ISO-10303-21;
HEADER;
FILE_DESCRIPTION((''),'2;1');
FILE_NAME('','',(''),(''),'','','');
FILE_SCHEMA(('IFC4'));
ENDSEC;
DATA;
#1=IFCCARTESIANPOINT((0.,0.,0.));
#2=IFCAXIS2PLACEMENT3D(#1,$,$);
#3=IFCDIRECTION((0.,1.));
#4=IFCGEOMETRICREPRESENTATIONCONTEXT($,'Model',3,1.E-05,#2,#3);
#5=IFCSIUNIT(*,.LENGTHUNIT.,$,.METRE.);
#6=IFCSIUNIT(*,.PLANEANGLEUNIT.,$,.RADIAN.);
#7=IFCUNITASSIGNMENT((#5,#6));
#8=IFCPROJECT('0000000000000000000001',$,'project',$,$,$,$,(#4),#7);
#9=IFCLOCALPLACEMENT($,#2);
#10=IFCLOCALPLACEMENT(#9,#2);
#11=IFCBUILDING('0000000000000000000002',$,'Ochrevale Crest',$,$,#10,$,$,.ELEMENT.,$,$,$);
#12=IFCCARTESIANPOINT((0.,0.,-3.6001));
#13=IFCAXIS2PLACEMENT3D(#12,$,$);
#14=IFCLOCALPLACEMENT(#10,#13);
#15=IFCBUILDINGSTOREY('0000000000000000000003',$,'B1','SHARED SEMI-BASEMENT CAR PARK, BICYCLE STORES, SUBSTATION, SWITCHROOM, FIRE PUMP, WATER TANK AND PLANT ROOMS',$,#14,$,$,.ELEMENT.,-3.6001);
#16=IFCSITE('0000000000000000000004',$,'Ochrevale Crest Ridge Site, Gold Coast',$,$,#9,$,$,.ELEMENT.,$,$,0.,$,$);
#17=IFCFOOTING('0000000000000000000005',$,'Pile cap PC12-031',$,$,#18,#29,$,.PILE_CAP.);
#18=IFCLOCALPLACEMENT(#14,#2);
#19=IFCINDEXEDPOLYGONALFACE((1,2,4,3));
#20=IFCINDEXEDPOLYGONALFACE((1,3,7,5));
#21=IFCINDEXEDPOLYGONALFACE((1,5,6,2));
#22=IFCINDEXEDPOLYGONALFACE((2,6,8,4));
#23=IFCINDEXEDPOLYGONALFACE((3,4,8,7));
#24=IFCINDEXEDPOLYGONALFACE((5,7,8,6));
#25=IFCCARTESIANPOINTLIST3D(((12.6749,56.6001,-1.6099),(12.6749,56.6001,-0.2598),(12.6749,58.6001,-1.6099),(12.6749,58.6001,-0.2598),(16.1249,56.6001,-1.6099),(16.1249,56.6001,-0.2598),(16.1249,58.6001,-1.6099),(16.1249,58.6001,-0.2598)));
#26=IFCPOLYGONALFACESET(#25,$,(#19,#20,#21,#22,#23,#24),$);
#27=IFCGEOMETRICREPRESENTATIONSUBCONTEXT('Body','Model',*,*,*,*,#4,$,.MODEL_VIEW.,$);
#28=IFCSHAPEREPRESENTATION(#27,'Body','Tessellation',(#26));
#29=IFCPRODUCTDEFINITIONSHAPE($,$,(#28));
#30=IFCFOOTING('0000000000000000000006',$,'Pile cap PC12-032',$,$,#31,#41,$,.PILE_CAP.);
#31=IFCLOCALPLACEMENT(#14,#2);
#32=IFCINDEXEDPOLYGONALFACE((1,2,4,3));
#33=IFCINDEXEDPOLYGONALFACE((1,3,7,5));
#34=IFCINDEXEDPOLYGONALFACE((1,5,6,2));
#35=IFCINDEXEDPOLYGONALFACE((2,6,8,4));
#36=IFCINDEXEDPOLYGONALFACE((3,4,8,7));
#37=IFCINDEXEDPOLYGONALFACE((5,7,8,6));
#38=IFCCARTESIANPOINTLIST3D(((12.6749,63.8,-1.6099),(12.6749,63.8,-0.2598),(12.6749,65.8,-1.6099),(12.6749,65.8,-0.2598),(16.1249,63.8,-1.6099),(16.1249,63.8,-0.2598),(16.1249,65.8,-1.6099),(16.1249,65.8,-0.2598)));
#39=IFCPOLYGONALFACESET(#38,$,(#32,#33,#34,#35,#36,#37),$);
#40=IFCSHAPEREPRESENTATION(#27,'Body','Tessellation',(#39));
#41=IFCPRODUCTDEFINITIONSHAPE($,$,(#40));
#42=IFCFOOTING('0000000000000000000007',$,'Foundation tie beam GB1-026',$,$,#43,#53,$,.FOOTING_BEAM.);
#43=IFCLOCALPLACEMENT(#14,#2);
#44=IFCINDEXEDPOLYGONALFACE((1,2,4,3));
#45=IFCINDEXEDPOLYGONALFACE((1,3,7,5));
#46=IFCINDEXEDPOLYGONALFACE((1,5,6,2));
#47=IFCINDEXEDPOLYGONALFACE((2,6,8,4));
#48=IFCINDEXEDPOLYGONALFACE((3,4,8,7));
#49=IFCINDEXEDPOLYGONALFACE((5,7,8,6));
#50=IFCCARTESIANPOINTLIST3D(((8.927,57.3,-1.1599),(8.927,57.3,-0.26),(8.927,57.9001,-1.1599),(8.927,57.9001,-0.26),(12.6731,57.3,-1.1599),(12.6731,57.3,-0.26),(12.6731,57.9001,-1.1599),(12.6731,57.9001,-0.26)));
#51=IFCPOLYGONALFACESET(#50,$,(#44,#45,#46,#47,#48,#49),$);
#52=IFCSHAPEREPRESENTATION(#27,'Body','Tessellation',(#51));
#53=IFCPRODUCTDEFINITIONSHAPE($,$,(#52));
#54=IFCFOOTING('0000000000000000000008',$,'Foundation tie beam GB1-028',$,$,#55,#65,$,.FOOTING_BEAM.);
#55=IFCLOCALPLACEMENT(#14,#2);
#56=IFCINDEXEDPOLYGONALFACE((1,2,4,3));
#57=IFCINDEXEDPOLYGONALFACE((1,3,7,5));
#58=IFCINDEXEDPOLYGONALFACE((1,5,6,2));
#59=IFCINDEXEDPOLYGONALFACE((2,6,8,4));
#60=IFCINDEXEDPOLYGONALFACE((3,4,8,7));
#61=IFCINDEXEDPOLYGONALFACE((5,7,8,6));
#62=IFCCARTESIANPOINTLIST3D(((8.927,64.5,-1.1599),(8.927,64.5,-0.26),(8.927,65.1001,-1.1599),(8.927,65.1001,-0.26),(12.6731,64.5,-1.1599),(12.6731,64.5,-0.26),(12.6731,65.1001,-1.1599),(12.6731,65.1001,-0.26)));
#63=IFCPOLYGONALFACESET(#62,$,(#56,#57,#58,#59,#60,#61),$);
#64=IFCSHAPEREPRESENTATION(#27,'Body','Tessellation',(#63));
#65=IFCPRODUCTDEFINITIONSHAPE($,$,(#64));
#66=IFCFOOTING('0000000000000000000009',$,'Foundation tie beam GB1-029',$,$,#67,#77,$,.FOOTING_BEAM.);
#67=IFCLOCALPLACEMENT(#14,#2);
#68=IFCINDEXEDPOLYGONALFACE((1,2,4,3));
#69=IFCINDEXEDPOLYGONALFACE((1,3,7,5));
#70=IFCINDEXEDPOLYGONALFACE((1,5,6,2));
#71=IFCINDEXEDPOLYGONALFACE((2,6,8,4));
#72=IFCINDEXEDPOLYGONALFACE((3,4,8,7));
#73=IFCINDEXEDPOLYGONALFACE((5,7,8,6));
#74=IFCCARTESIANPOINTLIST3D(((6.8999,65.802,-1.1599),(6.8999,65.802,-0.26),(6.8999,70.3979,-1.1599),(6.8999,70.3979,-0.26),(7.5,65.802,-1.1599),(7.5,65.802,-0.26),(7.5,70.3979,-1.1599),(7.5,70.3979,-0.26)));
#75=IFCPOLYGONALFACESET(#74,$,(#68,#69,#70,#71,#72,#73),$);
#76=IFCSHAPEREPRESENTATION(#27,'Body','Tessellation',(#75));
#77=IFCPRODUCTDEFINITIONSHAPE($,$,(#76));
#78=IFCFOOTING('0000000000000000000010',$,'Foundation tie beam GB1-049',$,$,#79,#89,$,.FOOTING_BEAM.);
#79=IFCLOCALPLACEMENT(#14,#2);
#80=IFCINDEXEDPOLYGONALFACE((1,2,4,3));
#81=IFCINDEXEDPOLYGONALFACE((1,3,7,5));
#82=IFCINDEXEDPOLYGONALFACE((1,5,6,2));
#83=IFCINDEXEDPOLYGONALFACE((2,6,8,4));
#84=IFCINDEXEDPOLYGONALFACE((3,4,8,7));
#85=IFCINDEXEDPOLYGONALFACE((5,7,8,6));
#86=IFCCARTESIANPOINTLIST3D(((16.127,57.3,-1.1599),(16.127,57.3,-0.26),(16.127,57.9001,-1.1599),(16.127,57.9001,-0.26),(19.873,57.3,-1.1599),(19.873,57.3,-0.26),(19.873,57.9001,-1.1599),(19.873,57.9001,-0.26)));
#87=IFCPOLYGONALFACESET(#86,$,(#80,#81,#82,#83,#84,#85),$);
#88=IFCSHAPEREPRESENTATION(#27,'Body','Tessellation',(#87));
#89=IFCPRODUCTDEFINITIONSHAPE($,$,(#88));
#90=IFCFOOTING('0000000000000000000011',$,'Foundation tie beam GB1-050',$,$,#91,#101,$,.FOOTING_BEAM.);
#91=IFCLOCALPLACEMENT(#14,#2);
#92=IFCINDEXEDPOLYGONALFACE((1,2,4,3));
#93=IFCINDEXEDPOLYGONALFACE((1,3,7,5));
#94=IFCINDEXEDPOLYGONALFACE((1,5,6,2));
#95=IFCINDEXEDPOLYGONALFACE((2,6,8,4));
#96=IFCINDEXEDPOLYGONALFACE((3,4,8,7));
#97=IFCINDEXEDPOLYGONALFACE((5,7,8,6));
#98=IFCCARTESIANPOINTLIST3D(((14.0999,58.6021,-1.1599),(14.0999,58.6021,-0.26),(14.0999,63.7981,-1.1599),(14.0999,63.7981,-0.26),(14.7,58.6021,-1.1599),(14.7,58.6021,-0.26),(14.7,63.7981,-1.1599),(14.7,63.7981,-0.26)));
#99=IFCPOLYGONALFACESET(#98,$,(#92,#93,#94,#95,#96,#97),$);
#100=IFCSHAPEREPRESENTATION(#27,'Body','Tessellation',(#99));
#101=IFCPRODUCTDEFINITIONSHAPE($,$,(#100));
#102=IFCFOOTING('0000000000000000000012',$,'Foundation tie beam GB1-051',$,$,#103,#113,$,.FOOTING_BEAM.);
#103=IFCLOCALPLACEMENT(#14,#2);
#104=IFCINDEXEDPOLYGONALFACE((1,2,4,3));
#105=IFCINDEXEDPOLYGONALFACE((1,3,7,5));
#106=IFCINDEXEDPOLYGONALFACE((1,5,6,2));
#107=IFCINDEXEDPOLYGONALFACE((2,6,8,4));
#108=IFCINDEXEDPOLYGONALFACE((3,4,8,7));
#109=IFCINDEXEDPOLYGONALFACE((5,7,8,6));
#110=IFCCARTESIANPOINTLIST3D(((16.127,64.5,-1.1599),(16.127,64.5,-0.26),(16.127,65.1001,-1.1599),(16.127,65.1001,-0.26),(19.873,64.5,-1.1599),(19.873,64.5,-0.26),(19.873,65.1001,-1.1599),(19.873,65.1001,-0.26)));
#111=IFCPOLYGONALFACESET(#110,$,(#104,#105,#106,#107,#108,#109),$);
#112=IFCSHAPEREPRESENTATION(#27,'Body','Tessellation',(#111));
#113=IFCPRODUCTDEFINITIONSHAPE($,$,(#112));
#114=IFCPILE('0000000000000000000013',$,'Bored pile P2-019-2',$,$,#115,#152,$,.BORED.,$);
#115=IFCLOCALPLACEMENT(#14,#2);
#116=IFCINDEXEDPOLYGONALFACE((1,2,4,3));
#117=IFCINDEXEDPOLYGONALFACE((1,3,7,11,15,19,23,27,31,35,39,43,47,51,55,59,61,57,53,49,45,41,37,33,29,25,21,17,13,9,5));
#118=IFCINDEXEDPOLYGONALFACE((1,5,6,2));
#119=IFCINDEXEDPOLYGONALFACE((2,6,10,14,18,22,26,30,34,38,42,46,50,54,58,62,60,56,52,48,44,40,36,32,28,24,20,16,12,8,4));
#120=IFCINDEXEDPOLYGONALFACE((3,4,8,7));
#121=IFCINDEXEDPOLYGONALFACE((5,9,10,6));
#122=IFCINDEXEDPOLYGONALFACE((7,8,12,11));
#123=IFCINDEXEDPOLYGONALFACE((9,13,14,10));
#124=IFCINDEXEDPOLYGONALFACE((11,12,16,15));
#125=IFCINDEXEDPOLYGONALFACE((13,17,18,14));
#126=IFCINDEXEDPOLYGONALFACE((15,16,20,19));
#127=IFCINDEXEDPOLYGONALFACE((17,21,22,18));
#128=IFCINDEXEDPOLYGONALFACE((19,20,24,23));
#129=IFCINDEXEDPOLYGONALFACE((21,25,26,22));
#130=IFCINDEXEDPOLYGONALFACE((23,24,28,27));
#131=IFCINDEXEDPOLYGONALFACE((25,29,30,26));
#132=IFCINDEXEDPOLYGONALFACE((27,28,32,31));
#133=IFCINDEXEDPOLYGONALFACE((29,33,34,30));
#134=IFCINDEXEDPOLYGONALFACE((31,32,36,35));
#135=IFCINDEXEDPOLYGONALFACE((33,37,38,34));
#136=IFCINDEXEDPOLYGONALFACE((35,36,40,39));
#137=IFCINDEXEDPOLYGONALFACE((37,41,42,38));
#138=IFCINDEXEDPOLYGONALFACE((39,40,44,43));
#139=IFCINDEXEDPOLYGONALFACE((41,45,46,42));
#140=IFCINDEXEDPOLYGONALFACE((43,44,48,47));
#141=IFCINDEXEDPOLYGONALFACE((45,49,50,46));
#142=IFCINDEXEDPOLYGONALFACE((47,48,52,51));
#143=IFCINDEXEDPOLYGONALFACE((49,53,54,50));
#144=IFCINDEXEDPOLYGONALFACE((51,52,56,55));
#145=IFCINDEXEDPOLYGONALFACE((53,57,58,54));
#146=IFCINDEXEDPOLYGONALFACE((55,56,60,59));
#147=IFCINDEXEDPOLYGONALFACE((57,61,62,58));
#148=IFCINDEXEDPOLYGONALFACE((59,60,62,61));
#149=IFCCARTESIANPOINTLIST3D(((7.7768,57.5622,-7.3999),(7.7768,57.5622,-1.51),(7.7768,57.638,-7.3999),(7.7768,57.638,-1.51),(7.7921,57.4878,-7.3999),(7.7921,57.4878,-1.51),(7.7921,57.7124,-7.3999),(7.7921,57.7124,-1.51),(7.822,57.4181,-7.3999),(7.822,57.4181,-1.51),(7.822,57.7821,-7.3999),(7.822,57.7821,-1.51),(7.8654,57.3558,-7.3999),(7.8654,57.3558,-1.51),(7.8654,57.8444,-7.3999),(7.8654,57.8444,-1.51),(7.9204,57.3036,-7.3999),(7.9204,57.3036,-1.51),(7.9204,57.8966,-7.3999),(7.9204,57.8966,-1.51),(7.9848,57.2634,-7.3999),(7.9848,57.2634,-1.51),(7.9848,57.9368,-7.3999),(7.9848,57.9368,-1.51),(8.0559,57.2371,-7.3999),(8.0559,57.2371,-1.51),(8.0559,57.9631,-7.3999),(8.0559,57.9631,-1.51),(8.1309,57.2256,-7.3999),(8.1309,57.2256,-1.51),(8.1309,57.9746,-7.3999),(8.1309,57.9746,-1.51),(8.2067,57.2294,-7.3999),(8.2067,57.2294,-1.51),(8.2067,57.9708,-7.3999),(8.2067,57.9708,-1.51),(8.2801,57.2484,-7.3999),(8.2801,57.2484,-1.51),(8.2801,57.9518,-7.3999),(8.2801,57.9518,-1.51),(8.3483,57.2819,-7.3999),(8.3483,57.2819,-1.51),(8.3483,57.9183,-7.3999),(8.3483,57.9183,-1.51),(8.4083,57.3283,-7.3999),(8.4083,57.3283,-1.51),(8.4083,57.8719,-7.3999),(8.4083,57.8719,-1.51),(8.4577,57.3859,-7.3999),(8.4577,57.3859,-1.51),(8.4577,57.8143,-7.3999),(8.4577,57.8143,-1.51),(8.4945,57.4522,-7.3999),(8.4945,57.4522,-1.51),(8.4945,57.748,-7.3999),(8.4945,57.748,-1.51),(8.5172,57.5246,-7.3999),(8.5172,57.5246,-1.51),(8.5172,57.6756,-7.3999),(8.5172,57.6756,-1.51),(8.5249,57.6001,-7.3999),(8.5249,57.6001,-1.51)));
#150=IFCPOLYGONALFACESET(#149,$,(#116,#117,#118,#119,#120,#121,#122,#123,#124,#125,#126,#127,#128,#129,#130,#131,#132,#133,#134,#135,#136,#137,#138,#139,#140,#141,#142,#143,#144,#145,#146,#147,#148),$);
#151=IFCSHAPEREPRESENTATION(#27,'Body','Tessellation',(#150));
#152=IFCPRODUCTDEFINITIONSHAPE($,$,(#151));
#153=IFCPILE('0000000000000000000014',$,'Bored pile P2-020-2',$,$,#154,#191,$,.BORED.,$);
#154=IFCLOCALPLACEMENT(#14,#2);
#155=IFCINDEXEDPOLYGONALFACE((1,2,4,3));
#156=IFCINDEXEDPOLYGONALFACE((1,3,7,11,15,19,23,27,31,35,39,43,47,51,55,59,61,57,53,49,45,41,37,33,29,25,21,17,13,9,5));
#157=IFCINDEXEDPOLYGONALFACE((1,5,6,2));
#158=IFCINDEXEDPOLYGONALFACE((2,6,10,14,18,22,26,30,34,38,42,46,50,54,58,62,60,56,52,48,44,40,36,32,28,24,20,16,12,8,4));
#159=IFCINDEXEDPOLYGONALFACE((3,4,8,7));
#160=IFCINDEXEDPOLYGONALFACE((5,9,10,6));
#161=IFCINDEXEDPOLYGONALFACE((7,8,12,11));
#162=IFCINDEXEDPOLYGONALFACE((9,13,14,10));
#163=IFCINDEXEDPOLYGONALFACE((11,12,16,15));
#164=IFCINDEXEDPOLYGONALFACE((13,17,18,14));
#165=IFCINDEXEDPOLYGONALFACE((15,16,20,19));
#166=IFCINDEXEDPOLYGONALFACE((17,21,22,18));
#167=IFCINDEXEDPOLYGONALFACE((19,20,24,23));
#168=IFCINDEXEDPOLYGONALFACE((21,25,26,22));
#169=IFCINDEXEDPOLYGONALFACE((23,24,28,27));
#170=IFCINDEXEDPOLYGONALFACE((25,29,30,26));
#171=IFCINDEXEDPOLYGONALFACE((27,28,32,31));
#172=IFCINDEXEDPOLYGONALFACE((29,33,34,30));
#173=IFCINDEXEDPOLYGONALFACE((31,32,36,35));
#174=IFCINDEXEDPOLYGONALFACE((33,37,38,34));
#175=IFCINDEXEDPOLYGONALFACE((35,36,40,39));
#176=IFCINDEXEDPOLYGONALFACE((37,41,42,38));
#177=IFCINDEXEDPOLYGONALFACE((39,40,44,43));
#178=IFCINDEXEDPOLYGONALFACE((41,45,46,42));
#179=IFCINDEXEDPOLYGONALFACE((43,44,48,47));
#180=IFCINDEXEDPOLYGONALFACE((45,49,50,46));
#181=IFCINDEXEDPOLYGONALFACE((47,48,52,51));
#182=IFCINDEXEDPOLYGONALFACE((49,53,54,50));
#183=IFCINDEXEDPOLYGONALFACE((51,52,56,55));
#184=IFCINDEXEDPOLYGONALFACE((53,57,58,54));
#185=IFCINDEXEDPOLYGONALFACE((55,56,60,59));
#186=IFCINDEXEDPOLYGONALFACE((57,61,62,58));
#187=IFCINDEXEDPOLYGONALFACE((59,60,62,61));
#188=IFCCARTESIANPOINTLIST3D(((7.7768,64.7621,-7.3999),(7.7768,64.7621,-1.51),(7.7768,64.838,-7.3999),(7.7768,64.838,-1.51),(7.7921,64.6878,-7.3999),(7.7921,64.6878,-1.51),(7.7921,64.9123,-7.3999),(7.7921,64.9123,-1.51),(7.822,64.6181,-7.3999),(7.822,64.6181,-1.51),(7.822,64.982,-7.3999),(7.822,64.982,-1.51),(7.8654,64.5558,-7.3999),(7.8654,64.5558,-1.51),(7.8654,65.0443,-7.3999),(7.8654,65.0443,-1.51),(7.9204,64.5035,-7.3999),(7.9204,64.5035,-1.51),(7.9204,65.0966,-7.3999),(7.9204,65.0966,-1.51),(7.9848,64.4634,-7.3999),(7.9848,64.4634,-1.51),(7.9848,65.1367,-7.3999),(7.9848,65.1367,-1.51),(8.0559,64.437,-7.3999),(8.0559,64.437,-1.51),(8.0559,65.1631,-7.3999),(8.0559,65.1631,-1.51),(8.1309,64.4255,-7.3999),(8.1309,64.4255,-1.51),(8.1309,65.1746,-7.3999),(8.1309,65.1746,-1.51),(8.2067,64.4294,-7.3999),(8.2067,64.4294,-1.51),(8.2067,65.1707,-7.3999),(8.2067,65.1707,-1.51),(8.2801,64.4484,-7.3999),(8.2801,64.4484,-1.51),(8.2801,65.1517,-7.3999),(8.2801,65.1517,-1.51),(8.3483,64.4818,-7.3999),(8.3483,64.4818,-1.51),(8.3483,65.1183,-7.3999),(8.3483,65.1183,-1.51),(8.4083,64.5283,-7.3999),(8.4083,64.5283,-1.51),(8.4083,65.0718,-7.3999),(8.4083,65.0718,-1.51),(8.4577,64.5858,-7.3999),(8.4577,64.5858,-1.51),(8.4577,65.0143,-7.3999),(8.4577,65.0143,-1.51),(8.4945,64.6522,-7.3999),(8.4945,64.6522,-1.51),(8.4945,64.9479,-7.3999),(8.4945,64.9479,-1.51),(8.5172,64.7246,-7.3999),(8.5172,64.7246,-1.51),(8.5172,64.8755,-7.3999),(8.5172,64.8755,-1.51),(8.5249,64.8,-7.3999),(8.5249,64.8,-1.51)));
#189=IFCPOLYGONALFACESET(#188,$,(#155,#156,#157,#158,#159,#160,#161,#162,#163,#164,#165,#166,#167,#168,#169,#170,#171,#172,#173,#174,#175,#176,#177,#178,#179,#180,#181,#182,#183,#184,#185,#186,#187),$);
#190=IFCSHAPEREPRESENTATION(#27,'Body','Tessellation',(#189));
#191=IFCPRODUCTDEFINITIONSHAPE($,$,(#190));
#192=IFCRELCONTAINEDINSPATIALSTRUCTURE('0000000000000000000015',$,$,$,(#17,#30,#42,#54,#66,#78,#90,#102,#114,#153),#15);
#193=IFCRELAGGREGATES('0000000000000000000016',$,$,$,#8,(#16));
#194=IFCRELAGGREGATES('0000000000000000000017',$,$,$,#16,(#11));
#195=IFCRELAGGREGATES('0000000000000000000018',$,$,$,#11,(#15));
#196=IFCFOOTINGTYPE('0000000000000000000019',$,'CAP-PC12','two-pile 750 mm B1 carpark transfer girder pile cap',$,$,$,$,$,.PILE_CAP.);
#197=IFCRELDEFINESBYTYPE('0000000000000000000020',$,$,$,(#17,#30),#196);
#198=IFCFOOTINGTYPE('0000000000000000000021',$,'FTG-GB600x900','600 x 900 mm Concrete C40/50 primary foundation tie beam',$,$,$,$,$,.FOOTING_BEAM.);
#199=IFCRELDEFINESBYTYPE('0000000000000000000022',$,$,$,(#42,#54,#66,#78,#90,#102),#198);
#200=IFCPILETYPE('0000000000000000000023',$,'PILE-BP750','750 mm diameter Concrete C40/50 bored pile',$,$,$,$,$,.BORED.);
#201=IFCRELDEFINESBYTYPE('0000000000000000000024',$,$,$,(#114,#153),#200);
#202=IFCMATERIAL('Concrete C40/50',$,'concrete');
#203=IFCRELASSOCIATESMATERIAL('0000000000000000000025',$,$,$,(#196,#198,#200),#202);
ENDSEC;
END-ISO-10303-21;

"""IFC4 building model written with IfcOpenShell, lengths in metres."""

from ifc_helpers import new_model, si_unit, direction, frame, origin, origin_2d, place, context, subcontext, project, spatial, rectangle, circle, extrude, material, material_profile, profile_set, type_object, element, save


model = new_model("IFC4")

# Units and contexts
model_context = context("Model", 3, precision=1e-05, world=origin(), true_north=direction((0.0, 1.0)))
body_context = subcontext(model_context, "Body", "Model", "MODEL_VIEW")
ifc_project = project(units=[si_unit("LENGTHUNIT", "METRE"), si_unit("PLANEANGLEUNIT", "RADIAN")], contexts=[model_context])

# Site, building, storey
site_placement = place(None, origin())
site = spatial("IfcSite", under=ifc_project, at=site_placement, Name="Ochrevale Crest Ridge Site, Gold Coast", CompositionType="ELEMENT", RefElevation=0.0)
building_placement = place(site_placement, origin())
building = spatial("IfcBuilding", under=site, at=building_placement, Name="Ochrevale Crest", CompositionType="ELEMENT")
storey_placement = place(building_placement, frame((0.0, 0.0, -3.6001)))
storey = spatial("IfcBuildingStorey", under=building, at=storey_placement, Name="B1", Description="SHARED SEMI-BASEMENT CAR PARK, BICYCLE STORES, SUBSTATION, SWITCHROOM, FIRE PUMP, WATER TANK AND PLANT ROOMS", CompositionType="ELEMENT", Elevation=-3.6001)

# Footings
ifc_material_1 = material(Name="Concrete C40/50", Category="concrete")
footing_type_1 = type_object("IfcFootingType", Name="CAP-PC12", Description="two-pile 750 mm B1 carpark transfer girder pile cap", PredefinedType="PILE_CAP", material=ifc_material_1)
for number, where, z_axis, x_axis, name in (
    (1, (14.3999, 57.6001, -1.6099), (0.0, 0.0, 1.0), (1.0, 0.0, 0.0), "Pile cap PC12-031"),
    (2, (14.3999, 64.8, -1.6099), (0.0, 0.0, 1.0), (1.0, 0.0, 0.0), "Pile cap PC12-032"),
):
    element("IfcFooting", number, at=place(storey_placement, frame(where, z_axis=z_axis, x_axis=x_axis)), inside=storey, type_object=footing_type_1, Name=name, PredefinedType="PILE_CAP", context=body_context, shape_type="SweptSolid", body=[
        extrude(rectangle(XDim=3.45, YDim=2.0, at=origin_2d()), origin(), (0.0, 0.0, 1.0), 1.3501),
    ])
ifc_material_profile_1 = material_profile(ifc_material_1, rectangle(XDim=0.6001, YDim=0.8999, at=origin_2d()), Name="GB 600x900")
ifc_profile_set_1 = profile_set([ifc_material_profile_1], Name="Concrete C40/50")
footing_type_2 = type_object("IfcFootingType", Name="FTG-GB600x900", Description="600 x 900 mm Concrete C40/50 primary foundation tie beam", PredefinedType="FOOTING_BEAM", material=ifc_profile_set_1)
for number, where, z_axis, x_axis, name in (
    (3, (8.927, 57.6001, -0.71), (1.0, 0.0, 0.0), (0.0, 1.0, 0.0), "Foundation tie beam GB1-026"),
    (4, (8.927, 64.8, -0.71), (1.0, 0.0, 0.0), (0.0, 1.0, 0.0), "Foundation tie beam GB1-028"),
):
    element("IfcFooting", number, at=place(storey_placement, frame(where, z_axis=z_axis, x_axis=x_axis)), inside=storey, type_object=footing_type_2, Name=name, PredefinedType="FOOTING_BEAM", context=body_context, shape_type="SweptSolid", body=[
        extrude(rectangle(XDim=0.6001, YDim=0.8999, at=origin_2d()), origin(), (0.0, 0.0, 1.0), 3.7461),
    ])
footing_1_placement = place(storey_placement, frame((7.2, 65.802, -0.71), z_axis=(0.0, 1.0, 0.0), x_axis=(-1.0, 0.0, 0.0)))
element("IfcFooting", 5, at=footing_1_placement, inside=storey, type_object=footing_type_2, Name="Foundation tie beam GB1-029", PredefinedType="FOOTING_BEAM", context=body_context, shape_type="SweptSolid", body=[
    extrude(rectangle(XDim=0.6001, YDim=0.8999, at=origin_2d()), origin(), (0.0, 0.0, 1.0), 4.5959),
])
footing_2_placement = place(storey_placement, frame((16.127, 57.6001, -0.71), z_axis=(1.0, 0.0, 0.0), x_axis=(0.0, 1.0, 0.0)))
element("IfcFooting", 6, at=footing_2_placement, inside=storey, type_object=footing_type_2, Name="Foundation tie beam GB1-049", PredefinedType="FOOTING_BEAM", context=body_context, shape_type="SweptSolid", body=[
    extrude(rectangle(XDim=0.6001, YDim=0.8999, at=origin_2d()), origin(), (0.0, 0.0, 1.0), 3.7461),
])
footing_3_placement = place(storey_placement, frame((14.3999, 58.6021, -0.71), z_axis=(0.0, 1.0, 0.0), x_axis=(-1.0, 0.0, 0.0)))
element("IfcFooting", 7, at=footing_3_placement, inside=storey, type_object=footing_type_2, Name="Foundation tie beam GB1-050", PredefinedType="FOOTING_BEAM", context=body_context, shape_type="SweptSolid", body=[
    extrude(rectangle(XDim=0.6001, YDim=0.8999, at=origin_2d()), origin(), (0.0, 0.0, 1.0), 5.196),
])
footing_4_placement = place(storey_placement, frame((16.127, 64.8, -0.71), z_axis=(1.0, 0.0, 0.0), x_axis=(0.0, 1.0, 0.0)))
element("IfcFooting", 8, at=footing_4_placement, inside=storey, type_object=footing_type_2, Name="Foundation tie beam GB1-051", PredefinedType="FOOTING_BEAM", context=body_context, shape_type="SweptSolid", body=[
    extrude(rectangle(XDim=0.6001, YDim=0.8999, at=origin_2d()), origin(), (0.0, 0.0, 1.0), 3.7461),
])

# Piles
ifc_material_profile_2 = material_profile(ifc_material_1, circle(Radius=0.375, at=origin_2d()), Name="BORED PILE 750")
ifc_profile_set_2 = profile_set([ifc_material_profile_2], Name="Concrete C40/50")
pile_type = type_object("IfcPileType", Name="PILE-BP750", Description="750 mm diameter Concrete C40/50 bored pile", PredefinedType="BORED", material=ifc_profile_set_2)
for number, where, z_axis, x_axis, name in (
    (9, (8.1499, 57.6001, -1.51), (0.0, 0.0, -1.0), (1.0, 0.0, 0.0), "Bored pile P2-019-2"),
    (10, (8.1499, 64.8, -1.51), (0.0, 0.0, -1.0), (1.0, 0.0, 0.0), "Bored pile P2-020-2"),
):
    element("IfcPile", number, at=place(storey_placement, frame(where, z_axis=z_axis, x_axis=x_axis)), inside=storey, type_object=pile_type, Name=name, PredefinedType="BORED", context=body_context, shape_type="SweptSolid", body=[
        extrude(circle(Radius=0.375, at=origin_2d()), origin(), (0.0, 0.0, 1.0), 5.8899),
    ])

save(model, "model.ifc")
